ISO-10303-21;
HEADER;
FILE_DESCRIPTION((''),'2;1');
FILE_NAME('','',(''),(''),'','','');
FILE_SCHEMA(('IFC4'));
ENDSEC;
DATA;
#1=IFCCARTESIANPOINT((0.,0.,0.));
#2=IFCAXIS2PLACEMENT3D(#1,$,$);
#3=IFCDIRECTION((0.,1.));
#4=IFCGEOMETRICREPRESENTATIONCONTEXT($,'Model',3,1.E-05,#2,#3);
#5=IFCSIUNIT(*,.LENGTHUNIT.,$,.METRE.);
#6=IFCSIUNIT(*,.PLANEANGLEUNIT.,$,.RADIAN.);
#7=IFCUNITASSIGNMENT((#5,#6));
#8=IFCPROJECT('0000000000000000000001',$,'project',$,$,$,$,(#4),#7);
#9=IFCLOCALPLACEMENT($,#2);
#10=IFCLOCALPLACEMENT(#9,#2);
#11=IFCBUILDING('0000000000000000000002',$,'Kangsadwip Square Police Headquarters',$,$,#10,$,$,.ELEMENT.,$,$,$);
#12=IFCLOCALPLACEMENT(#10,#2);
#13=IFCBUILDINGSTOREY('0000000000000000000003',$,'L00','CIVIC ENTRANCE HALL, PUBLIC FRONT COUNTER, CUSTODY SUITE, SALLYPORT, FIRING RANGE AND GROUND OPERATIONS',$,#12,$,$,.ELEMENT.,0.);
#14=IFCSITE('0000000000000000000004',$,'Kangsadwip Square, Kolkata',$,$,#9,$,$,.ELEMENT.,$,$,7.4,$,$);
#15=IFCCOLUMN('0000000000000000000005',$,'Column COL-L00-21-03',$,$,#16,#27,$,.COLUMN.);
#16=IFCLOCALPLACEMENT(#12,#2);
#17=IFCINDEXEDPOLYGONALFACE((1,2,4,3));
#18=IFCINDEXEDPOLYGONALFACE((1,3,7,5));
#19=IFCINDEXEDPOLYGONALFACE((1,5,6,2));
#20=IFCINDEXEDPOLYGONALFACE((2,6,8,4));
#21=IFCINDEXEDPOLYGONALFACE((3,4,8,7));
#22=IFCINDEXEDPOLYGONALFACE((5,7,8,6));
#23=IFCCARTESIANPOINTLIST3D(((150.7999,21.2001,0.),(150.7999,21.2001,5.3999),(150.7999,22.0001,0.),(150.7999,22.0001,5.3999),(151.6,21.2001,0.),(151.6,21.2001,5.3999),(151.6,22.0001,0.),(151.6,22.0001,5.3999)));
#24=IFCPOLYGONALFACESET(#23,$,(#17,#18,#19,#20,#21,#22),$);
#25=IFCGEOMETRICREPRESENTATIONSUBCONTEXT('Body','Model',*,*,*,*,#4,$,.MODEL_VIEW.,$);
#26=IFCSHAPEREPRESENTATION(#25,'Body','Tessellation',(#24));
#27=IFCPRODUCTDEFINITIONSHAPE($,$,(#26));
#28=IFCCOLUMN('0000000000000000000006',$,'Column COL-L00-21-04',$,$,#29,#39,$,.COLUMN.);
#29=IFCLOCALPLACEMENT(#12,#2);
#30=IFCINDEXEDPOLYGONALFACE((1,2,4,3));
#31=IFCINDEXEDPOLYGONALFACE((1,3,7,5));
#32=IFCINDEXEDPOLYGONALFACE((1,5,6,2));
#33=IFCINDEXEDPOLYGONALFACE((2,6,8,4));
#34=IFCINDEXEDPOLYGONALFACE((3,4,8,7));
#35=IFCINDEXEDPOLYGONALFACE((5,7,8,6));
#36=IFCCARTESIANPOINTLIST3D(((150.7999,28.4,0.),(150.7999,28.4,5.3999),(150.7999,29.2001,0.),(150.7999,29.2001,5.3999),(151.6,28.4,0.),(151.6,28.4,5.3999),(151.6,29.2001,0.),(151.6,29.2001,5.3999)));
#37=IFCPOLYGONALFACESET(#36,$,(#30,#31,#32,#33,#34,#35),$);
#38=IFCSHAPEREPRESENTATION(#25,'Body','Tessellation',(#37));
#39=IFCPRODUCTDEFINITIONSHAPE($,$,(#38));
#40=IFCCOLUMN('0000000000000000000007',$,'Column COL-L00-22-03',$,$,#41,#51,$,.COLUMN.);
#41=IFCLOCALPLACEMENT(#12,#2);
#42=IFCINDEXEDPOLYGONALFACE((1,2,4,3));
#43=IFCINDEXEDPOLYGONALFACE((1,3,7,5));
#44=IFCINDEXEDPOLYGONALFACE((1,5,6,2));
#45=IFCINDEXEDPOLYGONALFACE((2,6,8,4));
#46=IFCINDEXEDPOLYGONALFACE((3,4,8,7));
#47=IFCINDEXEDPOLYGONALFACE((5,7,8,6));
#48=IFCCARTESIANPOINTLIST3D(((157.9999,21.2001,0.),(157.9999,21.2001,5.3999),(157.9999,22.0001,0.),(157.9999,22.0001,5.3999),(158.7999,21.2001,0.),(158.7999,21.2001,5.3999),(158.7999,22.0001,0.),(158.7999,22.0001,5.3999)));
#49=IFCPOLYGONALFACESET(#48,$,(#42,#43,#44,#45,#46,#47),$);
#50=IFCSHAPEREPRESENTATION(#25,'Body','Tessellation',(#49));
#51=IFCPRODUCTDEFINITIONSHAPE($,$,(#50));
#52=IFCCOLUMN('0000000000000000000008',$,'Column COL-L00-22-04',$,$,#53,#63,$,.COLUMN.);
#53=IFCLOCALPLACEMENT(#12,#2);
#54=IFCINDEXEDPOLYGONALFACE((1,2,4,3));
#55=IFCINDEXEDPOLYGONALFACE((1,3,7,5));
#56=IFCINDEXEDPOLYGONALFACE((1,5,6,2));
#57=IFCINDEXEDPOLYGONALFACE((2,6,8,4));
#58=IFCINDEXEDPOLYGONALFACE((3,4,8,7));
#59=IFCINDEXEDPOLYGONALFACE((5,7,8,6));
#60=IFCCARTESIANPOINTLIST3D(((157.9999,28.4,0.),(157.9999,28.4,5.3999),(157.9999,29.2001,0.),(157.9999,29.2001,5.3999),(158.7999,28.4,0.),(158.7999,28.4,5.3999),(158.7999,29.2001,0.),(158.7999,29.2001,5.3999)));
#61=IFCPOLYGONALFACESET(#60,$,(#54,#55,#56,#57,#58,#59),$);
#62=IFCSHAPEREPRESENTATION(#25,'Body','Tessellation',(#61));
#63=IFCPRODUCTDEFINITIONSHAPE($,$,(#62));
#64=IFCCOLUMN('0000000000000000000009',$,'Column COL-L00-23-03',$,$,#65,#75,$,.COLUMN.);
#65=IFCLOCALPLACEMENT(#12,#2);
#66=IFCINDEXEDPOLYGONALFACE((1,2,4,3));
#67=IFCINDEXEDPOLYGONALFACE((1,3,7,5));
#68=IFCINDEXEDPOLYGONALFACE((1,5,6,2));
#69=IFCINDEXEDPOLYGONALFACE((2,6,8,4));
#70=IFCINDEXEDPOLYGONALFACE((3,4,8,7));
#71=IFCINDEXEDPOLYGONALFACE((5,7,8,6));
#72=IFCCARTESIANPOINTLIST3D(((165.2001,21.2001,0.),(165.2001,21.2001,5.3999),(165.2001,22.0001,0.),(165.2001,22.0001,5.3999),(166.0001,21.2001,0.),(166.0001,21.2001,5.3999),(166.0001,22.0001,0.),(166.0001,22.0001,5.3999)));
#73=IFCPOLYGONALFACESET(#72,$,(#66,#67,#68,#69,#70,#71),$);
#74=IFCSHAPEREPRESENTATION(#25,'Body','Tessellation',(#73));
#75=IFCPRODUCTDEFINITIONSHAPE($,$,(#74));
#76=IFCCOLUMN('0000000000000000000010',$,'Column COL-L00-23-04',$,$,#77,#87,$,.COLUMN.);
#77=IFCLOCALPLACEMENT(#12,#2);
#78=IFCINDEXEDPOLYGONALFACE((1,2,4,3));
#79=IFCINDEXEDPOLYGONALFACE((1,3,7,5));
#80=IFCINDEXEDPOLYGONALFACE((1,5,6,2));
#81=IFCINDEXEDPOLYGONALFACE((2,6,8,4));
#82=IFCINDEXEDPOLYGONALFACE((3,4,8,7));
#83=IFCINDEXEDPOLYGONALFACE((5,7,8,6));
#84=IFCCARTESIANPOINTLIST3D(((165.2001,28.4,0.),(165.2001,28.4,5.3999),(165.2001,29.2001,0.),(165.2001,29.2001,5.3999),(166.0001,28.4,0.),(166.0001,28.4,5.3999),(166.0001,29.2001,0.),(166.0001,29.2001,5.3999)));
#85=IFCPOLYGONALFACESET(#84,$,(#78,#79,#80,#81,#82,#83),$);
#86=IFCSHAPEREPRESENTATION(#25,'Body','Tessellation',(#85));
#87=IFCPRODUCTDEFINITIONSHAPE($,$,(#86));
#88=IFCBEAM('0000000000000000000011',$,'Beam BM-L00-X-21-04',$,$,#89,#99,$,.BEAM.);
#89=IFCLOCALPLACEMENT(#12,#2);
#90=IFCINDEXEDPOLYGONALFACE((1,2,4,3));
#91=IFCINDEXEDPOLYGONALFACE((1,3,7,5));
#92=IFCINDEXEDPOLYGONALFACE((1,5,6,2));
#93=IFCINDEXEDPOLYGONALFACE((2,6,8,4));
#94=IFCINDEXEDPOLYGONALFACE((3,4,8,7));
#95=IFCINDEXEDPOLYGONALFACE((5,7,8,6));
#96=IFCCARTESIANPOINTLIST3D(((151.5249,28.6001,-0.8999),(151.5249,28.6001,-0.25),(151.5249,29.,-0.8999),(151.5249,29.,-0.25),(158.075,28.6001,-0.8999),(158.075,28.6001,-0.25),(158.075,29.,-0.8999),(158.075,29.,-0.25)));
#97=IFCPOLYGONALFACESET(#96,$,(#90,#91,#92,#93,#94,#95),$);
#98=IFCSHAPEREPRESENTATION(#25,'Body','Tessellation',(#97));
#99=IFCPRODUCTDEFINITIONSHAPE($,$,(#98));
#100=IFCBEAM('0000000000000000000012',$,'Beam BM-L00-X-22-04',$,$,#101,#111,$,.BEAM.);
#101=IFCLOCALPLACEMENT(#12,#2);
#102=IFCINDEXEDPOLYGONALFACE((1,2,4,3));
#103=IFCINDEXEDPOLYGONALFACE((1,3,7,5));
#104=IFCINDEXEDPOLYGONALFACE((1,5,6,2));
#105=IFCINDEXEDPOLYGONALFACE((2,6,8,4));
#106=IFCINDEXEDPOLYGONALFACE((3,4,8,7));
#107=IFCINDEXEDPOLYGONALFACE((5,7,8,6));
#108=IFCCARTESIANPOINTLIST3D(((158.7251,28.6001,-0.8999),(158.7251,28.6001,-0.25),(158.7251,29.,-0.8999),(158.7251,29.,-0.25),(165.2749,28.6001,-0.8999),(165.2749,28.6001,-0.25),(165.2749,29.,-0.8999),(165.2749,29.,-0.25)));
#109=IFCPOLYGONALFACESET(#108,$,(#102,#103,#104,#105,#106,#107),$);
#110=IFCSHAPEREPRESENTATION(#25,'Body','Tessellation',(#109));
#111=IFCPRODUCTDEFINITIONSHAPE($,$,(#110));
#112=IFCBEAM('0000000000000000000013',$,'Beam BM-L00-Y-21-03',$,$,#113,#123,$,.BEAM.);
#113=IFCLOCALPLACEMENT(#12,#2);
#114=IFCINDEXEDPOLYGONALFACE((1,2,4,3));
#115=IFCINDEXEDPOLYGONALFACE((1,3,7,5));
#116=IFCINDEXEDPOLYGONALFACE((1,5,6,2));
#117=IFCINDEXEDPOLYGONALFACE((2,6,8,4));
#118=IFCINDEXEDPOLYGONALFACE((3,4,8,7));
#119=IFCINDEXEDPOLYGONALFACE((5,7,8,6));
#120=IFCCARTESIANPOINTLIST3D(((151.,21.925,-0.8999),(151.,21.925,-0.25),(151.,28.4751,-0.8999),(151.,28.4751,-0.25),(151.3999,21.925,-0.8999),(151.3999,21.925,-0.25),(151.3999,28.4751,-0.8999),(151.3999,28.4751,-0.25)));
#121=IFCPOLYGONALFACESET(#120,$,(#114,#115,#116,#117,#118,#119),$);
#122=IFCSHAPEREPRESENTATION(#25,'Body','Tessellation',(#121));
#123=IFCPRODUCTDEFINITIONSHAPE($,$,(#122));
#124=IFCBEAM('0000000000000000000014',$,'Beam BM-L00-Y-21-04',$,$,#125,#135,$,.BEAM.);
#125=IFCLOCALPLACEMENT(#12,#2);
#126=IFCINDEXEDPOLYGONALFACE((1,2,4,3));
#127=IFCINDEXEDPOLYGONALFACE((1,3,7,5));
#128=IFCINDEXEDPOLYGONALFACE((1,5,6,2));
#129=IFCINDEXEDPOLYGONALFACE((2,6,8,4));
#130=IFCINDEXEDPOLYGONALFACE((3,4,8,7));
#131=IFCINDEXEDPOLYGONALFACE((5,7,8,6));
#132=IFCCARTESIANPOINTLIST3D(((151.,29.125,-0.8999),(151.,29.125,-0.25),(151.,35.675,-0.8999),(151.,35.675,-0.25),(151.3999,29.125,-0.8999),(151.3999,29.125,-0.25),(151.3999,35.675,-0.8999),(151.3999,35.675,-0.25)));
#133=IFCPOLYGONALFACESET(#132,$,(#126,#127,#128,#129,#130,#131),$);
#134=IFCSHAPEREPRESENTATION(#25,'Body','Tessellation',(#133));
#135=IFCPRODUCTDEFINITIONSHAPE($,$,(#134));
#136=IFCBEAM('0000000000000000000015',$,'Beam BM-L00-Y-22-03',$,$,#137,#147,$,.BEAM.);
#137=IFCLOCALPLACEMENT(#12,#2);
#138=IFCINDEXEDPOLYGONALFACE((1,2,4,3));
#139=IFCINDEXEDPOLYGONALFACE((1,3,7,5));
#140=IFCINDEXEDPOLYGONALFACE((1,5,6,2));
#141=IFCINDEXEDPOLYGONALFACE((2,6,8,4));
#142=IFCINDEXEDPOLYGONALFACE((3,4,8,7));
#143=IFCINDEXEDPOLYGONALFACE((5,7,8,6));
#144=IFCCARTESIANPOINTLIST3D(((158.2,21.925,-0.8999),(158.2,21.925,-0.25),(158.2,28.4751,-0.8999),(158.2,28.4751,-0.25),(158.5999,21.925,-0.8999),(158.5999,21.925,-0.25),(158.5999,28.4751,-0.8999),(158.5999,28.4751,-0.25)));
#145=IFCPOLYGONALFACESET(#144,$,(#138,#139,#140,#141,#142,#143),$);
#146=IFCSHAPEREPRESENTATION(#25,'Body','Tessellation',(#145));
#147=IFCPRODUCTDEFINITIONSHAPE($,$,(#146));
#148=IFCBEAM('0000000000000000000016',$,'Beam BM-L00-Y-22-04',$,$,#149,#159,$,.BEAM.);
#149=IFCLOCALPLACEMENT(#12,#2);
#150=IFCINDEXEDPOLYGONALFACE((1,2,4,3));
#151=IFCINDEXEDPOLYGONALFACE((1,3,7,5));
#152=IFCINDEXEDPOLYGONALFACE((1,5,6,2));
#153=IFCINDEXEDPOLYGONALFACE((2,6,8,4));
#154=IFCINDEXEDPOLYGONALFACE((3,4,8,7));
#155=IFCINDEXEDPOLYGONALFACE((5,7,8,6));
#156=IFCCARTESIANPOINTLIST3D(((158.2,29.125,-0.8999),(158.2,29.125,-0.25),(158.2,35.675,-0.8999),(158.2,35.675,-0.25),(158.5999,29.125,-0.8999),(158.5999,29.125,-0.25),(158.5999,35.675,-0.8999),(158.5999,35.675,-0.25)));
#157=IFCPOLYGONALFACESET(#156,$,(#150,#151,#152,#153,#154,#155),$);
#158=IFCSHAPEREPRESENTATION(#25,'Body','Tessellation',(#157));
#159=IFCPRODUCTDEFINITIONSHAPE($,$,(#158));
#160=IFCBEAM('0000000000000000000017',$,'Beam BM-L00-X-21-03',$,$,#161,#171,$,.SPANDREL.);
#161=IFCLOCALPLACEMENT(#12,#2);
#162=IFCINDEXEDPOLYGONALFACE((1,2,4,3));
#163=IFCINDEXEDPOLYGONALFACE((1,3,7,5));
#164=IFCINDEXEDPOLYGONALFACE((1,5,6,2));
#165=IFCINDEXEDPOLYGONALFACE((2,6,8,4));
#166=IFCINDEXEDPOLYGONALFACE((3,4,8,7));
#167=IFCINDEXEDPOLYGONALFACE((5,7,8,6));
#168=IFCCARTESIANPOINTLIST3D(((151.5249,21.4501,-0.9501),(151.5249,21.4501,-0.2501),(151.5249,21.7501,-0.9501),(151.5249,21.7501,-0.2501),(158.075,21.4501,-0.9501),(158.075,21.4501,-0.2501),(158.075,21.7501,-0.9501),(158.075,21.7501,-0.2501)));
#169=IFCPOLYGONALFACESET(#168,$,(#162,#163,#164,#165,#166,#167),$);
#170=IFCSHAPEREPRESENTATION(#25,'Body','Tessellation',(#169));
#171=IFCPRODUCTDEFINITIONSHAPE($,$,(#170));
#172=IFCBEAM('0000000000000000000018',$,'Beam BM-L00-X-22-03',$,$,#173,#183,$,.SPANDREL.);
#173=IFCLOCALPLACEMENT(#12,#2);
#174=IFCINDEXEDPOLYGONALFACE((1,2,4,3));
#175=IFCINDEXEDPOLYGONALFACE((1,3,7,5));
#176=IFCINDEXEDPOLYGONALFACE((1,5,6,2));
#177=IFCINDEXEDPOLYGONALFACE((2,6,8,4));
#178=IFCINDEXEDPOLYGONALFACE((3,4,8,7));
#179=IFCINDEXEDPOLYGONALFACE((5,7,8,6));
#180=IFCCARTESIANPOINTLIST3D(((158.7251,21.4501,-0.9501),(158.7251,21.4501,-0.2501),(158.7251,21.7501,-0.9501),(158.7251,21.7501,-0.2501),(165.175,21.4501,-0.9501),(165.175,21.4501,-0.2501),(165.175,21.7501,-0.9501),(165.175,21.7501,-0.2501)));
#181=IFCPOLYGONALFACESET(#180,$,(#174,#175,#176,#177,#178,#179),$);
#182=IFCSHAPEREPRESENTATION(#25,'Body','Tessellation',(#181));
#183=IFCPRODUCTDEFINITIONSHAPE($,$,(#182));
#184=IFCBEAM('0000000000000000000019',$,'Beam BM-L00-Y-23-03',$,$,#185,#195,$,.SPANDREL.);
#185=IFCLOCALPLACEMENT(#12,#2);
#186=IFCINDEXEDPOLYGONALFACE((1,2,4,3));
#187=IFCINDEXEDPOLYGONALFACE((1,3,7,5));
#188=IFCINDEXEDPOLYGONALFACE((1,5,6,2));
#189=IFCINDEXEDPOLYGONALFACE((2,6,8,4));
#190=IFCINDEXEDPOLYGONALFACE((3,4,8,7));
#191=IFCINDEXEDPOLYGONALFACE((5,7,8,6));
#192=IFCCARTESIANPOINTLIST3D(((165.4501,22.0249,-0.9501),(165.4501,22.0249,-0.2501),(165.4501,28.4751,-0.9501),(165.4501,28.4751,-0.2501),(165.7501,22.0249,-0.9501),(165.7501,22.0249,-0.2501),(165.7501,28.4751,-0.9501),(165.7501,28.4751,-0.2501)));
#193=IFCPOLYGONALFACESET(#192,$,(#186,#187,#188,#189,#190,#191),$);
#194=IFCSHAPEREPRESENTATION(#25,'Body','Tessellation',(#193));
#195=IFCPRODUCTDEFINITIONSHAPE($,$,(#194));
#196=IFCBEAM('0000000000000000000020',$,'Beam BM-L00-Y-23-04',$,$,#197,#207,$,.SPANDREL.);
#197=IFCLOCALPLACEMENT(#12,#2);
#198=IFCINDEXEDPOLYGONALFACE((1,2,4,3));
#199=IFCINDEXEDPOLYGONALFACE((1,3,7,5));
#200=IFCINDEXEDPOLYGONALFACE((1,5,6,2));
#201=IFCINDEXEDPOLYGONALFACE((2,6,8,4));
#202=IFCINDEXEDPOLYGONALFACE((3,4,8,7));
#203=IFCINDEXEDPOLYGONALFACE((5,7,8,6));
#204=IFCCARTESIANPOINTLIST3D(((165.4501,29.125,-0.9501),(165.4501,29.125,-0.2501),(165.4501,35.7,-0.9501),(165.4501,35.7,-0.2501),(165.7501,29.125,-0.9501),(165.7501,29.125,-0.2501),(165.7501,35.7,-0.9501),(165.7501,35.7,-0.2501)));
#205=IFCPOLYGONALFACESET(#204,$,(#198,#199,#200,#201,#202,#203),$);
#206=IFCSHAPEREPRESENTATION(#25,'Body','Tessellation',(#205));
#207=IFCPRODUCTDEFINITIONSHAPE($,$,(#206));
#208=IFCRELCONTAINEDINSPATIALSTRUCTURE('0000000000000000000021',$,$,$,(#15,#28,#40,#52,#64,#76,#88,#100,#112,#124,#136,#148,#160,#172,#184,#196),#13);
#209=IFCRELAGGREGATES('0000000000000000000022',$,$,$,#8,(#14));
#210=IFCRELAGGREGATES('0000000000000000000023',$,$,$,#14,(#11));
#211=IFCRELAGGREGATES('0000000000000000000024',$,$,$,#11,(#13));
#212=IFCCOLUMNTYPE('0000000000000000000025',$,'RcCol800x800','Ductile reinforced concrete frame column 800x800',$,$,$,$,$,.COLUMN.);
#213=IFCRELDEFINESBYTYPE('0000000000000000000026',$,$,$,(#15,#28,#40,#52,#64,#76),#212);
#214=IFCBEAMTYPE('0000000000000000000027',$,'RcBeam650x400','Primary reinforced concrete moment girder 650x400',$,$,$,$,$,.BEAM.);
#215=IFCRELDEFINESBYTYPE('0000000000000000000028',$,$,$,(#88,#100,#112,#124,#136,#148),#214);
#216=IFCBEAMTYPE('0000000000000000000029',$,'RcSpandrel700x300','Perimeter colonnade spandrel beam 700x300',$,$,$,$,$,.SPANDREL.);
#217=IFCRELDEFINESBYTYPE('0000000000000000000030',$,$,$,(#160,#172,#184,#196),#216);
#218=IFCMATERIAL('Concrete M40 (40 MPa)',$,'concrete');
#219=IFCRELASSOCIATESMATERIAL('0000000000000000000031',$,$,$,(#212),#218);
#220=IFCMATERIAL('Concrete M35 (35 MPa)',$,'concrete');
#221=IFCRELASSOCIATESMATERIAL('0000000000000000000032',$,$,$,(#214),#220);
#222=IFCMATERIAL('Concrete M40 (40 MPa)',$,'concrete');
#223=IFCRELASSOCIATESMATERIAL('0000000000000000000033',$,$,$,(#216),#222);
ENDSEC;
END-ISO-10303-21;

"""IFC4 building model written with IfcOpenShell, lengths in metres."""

from ifc_helpers import new_model, si_unit, direction, frame, origin, origin_2d, place, context, subcontext, project, spatial, rectangle, extrude, material, material_profile, profile_set, type_object, element, save


model = new_model("IFC4")

# Units and contexts
model_context = context("Model", 3, precision=1e-05, world=origin(), true_north=direction((0.0, 1.0)))
body_context = subcontext(model_context, "Body", "Model", "MODEL_VIEW")
ifc_project = project(units=[si_unit("LENGTHUNIT", "METRE"), si_unit("PLANEANGLEUNIT", "RADIAN")], contexts=[model_context])

# Site, building, storey
site_placement = place(None, origin())
site = spatial("IfcSite", under=ifc_project, at=site_placement, Name="Kangsadwip Square, Kolkata", CompositionType="ELEMENT", RefElevation=7.4)
building_placement = place(site_placement, origin())
building = spatial("IfcBuilding", under=site, at=building_placement, Name="Kangsadwip Square Police Headquarters", CompositionType="ELEMENT")
storey_placement = place(building_placement, origin())
storey = spatial("IfcBuildingStorey", under=building, at=storey_placement, Name="L00", Description="CIVIC ENTRANCE HALL, PUBLIC FRONT COUNTER, CUSTODY SUITE, SALLYPORT, FIRING RANGE AND GROUND OPERATIONS", CompositionType="ELEMENT", Elevation=0.0)

# Columns
ifc_material_1 = material(Name="Concrete M40 (40 MPa)", Category="concrete")
ifc_material_profile_1 = material_profile(ifc_material_1, rectangle(XDim=0.8, YDim=0.8, at=origin_2d()), Name="RC COL 800X800")
ifc_profile_set_1 = profile_set([ifc_material_profile_1], Name="Concrete M40 (40 MPa)")
column_type = type_object("IfcColumnType", Name="RcCol800x800", Description="Ductile reinforced concrete frame column 800x800", PredefinedType="COLUMN", material=ifc_profile_set_1)
for number, where, z_axis, x_axis, name in (
    (1, (151.2, 21.6001, 0.0), (0.0, 0.0, 1.0), (1.0, 0.0, 0.0), "Column COL-L00-21-03"),
    (2, (151.2, 28.8, 0.0), (0.0, 0.0, 1.0), (1.0, 0.0, 0.0), "Column COL-L00-21-04"),
    (3, (158.3999, 21.6001, 0.0), (0.0, 0.0, 1.0), (1.0, 0.0, 0.0), "Column COL-L00-22-03"),
    (4, (158.3999, 28.8, 0.0), (0.0, 0.0, 1.0), (1.0, 0.0, 0.0), "Column COL-L00-22-04"),
    (5, (165.6001, 21.6001, 0.0), (0.0, 0.0, 1.0), (1.0, 0.0, 0.0), "Column COL-L00-23-03"),
    (6, (165.6001, 28.8, 0.0), (0.0, 0.0, 1.0), (1.0, 0.0, 0.0), "Column COL-L00-23-04"),
):
    element("IfcColumn", number, at=place(storey_placement, frame(where, z_axis=z_axis, x_axis=x_axis)), inside=storey, type_object=column_type, Name=name, PredefinedType="COLUMN", context=body_context, shape_type="SweptSolid", body=[
        extrude(rectangle(XDim=0.8, YDim=0.8, at=origin_2d()), origin(), (0.0, 0.0, 1.0), 5.3999),
    ])

# Beams
ifc_material_2 = material(Name="Concrete M35 (35 MPa)", Category="concrete")
ifc_material_profile_2 = material_profile(ifc_material_2, rectangle(XDim=0.3999, YDim=0.6499, at=origin_2d()), Name="RC BM 650X400")
ifc_profile_set_2 = profile_set([ifc_material_profile_2], Name="Concrete M35 (35 MPa)")
beam_type_1 = type_object("IfcBeamType", Name="RcBeam650x400", Description="Primary reinforced concrete moment girder 650x400", PredefinedType="BEAM", material=ifc_profile_set_2)
beam_1_placement = place(storey_placement, frame((151.5249, 28.8, -0.575), z_axis=(1.0, 0.0, 0.0), x_axis=(0.0, 1.0, 0.0)))
element("IfcBeam", 7, at=beam_1_placement, inside=storey, type_object=beam_type_1, Name="Beam BM-L00-X-21-04", PredefinedType="BEAM", context=body_context, shape_type="SweptSolid", body=[
    extrude(rectangle(XDim=0.3999, YDim=0.6499, at=origin_2d()), origin(), (0.0, 0.0, 1.0), 6.55),
])
beam_2_placement = place(storey_placement, frame((158.7251, 28.8, -0.575), z_axis=(1.0, 0.0, 0.0), x_axis=(0.0, 1.0, 0.0)))
element("IfcBeam", 8, at=beam_2_placement, inside=storey, type_object=beam_type_1, Name="Beam BM-L00-X-22-04", PredefinedType="BEAM", context=body_context, shape_type="SweptSolid", body=[
    extrude(rectangle(XDim=0.3999, YDim=0.6499, at=origin_2d()), origin(), (0.0, 0.0, 1.0), 6.5498),
])
for number, where, z_axis, x_axis, name in (
    (9, (151.2, 21.925, -0.575), (0.0, 1.0, 0.0), (-1.0, 0.0, 0.0), "Beam BM-L00-Y-21-03"),
    (10, (151.2, 29.125, -0.575), (0.0, 1.0, 0.0), (-1.0, 0.0, 0.0), "Beam BM-L00-Y-21-04"),
    (11, (158.3999, 21.925, -0.575), (0.0, 1.0, 0.0), (-1.0, 0.0, 0.0), "Beam BM-L00-Y-22-03"),
    (12, (158.3999, 29.125, -0.575), (0.0, 1.0, 0.0), (-1.0, 0.0, 0.0), "Beam BM-L00-Y-22-04"),
):
    element("IfcBeam", number, at=place(storey_placement, frame(where, z_axis=z_axis, x_axis=x_axis)), inside=storey, type_object=beam_type_1, Name=name, PredefinedType="BEAM", context=body_context, shape_type="SweptSolid", body=[
        extrude(rectangle(XDim=0.3999, YDim=0.6499, at=origin_2d()), origin(), (0.0, 0.0, 1.0), 6.55),
    ])
ifc_material_3 = material(Name="Concrete M40 (40 MPa)", Category="concrete")
ifc_material_profile_3 = material_profile(ifc_material_3, rectangle(XDim=0.3, YDim=0.7, at=origin_2d()), Name="RC SPN 700X300")
ifc_profile_set_3 = profile_set([ifc_material_profile_3], Name="Concrete M40 (40 MPa)")
beam_type_2 = type_object("IfcBeamType", Name="RcSpandrel700x300", Description="Perimeter colonnade spandrel beam 700x300", PredefinedType="SPANDREL", material=ifc_profile_set_3)
beam_3_placement = place(storey_placement, frame((151.5249, 21.6001, -0.6001), z_axis=(1.0, 0.0, 0.0), x_axis=(0.0, 1.0, 0.0)))
element("IfcBeam", 13, at=beam_3_placement, inside=storey, type_object=beam_type_2, Name="Beam BM-L00-X-21-03", PredefinedType="SPANDREL", context=body_context, shape_type="SweptSolid", body=[
    extrude(rectangle(XDim=0.3, YDim=0.7, at=origin_2d()), origin(), (0.0, 0.0, 1.0), 6.55),
])
beam_4_placement = place(storey_placement, frame((158.7251, 21.6001, -0.6001), z_axis=(1.0, 0.0, 0.0), x_axis=(0.0, 1.0, 0.0)))
element("IfcBeam", 14, at=beam_4_placement, inside=storey, type_object=beam_type_2, Name="Beam BM-L00-X-22-03", PredefinedType="SPANDREL", context=body_context, shape_type="SweptSolid", body=[
    extrude(rectangle(XDim=0.3, YDim=0.7, at=origin_2d()), origin(), (0.0, 0.0, 1.0), 6.45),
])
beam_5_placement = place(storey_placement, frame((165.6001, 22.0249, -0.6001), z_axis=(0.0, 1.0, 0.0), x_axis=(-1.0, 0.0, 0.0)))
element("IfcBeam", 15, at=beam_5_placement, inside=storey, type_object=beam_type_2, Name="Beam BM-L00-Y-23-03", PredefinedType="SPANDREL", context=body_context, shape_type="SweptSolid", body=[
    extrude(rectangle(XDim=0.3, YDim=0.7, at=origin_2d()), origin(), (0.0, 0.0, 1.0), 6.4502),
])
beam_6_placement = place(storey_placement, frame((165.6001, 29.125, -0.6001), z_axis=(0.0, 1.0, 0.0), x_axis=(-1.0, 0.0, 0.0)))
element("IfcBeam", 16, at=beam_6_placement, inside=storey, type_object=beam_type_2, Name="Beam BM-L00-Y-23-04", PredefinedType="SPANDREL", context=body_context, shape_type="SweptSolid", body=[
    extrude(rectangle(XDim=0.3, YDim=0.7, at=origin_2d()), origin(), (0.0, 0.0, 1.0), 6.575),
])

save(model, "model.ifc")
